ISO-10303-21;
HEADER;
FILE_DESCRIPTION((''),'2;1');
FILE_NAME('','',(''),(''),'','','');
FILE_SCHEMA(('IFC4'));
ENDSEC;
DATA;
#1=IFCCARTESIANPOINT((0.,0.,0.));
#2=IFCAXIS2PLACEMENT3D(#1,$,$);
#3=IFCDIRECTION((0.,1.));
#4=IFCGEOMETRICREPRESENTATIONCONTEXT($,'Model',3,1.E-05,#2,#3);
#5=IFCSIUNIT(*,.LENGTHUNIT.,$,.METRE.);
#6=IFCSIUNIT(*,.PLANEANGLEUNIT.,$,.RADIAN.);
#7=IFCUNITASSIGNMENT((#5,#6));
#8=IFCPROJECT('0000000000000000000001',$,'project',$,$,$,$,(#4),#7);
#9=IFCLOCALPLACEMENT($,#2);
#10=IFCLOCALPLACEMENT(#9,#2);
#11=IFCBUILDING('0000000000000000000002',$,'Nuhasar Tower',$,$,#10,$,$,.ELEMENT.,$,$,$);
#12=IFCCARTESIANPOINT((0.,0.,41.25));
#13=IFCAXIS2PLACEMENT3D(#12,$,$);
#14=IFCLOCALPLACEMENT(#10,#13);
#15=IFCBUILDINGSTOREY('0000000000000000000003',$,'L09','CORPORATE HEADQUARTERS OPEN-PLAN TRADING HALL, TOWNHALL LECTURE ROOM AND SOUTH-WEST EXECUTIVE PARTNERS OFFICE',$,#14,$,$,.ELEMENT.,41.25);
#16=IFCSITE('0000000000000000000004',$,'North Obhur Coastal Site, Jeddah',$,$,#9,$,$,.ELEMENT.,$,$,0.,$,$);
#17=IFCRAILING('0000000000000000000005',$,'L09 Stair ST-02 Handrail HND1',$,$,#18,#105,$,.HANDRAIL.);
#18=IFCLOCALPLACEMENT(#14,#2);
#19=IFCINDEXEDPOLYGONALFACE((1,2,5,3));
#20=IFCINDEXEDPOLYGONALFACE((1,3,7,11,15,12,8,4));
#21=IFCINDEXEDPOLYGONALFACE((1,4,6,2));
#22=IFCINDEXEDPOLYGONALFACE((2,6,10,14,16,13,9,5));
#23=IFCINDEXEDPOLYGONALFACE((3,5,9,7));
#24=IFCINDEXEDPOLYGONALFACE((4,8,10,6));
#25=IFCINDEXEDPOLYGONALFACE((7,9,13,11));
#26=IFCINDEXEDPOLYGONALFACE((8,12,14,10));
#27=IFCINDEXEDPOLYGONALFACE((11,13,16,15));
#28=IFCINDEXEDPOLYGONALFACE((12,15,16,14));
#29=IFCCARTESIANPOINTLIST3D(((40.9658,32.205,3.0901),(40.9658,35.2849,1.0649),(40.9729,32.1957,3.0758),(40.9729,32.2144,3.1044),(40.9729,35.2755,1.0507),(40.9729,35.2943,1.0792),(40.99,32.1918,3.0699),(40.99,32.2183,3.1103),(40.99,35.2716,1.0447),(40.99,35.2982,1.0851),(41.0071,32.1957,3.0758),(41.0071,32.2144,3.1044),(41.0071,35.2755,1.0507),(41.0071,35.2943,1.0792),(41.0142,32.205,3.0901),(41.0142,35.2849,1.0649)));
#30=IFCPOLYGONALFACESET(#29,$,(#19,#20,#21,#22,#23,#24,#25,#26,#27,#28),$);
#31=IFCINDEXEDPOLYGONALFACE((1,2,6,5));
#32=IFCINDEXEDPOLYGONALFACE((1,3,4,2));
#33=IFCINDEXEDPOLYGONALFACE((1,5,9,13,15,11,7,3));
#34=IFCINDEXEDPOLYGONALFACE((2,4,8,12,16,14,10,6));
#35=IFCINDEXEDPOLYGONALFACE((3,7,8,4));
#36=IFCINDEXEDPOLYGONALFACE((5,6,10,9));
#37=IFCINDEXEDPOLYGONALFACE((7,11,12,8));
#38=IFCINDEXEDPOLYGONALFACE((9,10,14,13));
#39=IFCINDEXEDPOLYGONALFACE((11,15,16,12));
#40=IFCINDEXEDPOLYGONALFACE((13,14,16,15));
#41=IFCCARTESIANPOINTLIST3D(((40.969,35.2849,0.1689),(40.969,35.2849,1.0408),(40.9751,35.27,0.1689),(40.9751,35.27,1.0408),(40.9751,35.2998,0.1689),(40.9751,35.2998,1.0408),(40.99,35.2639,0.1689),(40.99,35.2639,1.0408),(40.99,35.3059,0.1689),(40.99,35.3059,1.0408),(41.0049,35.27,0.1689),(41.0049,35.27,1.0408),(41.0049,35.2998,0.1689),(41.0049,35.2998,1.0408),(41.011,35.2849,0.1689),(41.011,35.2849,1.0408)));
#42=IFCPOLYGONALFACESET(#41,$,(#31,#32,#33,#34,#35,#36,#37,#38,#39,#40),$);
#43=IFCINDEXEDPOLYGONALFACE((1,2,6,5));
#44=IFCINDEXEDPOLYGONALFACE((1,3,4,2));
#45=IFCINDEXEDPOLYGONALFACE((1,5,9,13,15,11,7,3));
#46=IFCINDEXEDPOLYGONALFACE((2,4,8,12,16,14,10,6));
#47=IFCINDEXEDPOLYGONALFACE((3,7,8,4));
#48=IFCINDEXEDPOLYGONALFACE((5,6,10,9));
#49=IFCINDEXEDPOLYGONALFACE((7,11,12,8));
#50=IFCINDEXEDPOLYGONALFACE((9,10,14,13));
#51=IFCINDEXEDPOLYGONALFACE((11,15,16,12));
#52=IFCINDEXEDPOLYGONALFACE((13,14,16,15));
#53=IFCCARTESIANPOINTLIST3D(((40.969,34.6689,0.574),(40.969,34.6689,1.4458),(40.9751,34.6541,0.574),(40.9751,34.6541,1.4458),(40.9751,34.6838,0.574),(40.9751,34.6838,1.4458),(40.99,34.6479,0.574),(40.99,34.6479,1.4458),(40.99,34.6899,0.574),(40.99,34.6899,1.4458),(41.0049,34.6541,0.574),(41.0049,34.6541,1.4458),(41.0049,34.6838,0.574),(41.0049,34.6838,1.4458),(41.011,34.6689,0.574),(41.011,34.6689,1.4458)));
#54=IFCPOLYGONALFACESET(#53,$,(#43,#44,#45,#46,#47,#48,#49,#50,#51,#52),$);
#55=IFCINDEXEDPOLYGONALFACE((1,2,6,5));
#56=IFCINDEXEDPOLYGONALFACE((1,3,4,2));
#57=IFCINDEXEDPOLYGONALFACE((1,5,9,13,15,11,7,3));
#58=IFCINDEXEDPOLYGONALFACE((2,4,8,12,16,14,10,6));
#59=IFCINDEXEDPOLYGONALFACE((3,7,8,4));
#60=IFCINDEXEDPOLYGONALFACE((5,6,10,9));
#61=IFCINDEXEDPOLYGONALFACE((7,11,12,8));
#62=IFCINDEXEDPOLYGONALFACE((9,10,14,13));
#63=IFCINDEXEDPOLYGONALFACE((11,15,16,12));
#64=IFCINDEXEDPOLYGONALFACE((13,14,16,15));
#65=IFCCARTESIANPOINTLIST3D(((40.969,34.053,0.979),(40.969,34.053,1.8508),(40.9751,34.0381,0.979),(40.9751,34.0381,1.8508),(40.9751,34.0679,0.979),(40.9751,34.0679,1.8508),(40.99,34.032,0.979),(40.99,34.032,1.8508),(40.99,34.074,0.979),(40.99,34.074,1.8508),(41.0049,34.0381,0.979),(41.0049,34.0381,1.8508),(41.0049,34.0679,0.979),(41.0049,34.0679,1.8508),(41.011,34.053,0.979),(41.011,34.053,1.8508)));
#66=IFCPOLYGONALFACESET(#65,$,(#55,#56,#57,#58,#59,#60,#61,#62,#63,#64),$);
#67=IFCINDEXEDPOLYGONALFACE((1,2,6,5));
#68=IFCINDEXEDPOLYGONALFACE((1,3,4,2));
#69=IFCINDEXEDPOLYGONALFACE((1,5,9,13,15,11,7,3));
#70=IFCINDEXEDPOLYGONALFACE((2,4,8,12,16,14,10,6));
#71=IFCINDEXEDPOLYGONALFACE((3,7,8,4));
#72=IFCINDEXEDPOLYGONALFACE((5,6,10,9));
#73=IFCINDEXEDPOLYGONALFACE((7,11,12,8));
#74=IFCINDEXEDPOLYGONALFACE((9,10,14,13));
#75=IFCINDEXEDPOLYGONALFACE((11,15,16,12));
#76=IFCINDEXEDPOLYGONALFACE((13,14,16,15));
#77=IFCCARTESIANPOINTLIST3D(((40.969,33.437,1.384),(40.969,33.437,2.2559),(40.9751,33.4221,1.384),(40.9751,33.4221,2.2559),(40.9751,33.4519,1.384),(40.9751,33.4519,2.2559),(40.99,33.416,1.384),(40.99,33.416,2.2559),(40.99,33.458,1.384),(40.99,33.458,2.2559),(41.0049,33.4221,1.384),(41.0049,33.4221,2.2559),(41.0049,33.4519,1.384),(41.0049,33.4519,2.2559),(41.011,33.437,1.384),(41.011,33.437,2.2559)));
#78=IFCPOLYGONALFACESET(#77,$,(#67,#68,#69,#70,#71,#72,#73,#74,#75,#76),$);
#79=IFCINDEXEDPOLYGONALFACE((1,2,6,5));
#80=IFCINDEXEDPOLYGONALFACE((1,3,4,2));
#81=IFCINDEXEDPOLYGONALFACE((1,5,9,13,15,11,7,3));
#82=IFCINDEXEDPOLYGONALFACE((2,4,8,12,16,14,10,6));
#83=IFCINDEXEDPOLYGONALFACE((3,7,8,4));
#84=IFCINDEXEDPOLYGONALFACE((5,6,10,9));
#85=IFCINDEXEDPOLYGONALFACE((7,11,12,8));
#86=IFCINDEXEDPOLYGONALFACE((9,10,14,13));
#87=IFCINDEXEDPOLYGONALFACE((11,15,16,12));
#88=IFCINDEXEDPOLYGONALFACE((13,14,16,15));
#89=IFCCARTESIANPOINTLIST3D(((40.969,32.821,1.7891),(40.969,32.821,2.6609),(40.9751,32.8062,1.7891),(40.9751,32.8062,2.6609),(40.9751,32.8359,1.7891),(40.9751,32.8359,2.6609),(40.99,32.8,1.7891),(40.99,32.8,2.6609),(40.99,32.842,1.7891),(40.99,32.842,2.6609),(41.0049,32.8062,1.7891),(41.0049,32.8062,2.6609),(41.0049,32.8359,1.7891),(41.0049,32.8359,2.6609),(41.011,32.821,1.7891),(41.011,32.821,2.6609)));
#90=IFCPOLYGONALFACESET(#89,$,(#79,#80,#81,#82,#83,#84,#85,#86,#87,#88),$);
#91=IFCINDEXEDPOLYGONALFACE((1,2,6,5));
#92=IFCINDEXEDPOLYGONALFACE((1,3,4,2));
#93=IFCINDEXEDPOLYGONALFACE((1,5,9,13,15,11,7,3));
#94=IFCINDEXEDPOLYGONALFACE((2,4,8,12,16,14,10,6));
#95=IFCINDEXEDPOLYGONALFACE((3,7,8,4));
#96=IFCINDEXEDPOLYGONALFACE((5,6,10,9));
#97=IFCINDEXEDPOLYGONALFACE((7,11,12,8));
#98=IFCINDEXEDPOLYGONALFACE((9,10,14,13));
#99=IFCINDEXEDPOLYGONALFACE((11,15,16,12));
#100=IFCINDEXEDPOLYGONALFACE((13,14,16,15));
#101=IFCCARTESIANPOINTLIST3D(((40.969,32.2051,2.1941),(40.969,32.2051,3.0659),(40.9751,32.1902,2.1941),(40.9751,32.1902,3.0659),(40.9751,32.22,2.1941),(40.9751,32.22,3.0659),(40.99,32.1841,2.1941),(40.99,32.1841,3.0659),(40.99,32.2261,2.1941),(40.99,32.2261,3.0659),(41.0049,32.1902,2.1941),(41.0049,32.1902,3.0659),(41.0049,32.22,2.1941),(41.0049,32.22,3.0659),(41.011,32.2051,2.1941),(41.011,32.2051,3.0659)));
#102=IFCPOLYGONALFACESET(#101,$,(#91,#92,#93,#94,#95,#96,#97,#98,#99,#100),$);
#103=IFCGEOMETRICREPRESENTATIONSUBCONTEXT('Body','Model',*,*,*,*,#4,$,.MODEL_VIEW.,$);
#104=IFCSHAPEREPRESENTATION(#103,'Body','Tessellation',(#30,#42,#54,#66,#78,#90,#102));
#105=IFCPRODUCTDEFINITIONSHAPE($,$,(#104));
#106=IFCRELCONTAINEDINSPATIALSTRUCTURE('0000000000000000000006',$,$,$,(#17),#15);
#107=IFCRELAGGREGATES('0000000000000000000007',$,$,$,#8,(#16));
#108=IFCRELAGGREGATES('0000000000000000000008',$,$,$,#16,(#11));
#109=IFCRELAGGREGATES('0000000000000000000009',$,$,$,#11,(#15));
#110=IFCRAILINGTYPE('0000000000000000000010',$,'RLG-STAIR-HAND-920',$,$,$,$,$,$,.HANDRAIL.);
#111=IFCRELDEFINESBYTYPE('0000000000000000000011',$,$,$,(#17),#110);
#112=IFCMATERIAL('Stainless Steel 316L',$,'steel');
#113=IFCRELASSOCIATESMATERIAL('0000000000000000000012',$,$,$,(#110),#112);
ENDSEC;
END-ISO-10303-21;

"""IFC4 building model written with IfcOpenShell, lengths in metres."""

from ifc_helpers import new_model, si_unit, direction, frame, origin, place, context, subcontext, project, spatial, polyline, outline, extrude, material, type_object, element, save


model = new_model("IFC4")

# Units and contexts
model_context = context("Model", 3, precision=1e-05, world=origin(), true_north=direction((0.0, 1.0)))
body_context = subcontext(model_context, "Body", "Model", "MODEL_VIEW")
ifc_project = project(units=[si_unit("LENGTHUNIT", "METRE"), si_unit("PLANEANGLEUNIT", "RADIAN")], contexts=[model_context])

# Site, building, storey
site_placement = place(None, origin())
site = spatial("IfcSite", under=ifc_project, at=site_placement, Name="North Obhur Coastal Site, Jeddah", CompositionType="ELEMENT", RefElevation=0.0)
building_placement = place(site_placement, origin())
building = spatial("IfcBuilding", under=site, at=building_placement, Name="Nuhasar Tower", CompositionType="ELEMENT")
storey_placement = place(building_placement, frame((0.0, 0.0, 41.25)))
storey = spatial("IfcBuildingStorey", under=building, at=storey_placement, Name="L09", Description="CORPORATE HEADQUARTERS OPEN-PLAN TRADING HALL, TOWNHALL LECTURE ROOM AND SOUTH-WEST EXECUTIVE PARTNERS OFFICE", CompositionType="ELEMENT", Elevation=41.25)

# Railing
ifc_material_1 = material(Name="Stainless Steel 316L", Category="steel")
railing_type_1 = type_object("IfcRailingType", Name="RLG-STAIR-HAND-920", PredefinedType="HANDRAIL", material=ifc_material_1)
railing_1_placement = place(storey_placement, frame((40.99, 35.2849, 0.1689)))
element("IfcRailing", 1, at=railing_1_placement, inside=storey, type_object=railing_type_1, Name="L09 Stair ST-02 Handrail HND1", PredefinedType="HANDRAIL", context=body_context, shape_type="SweptSolid", body=[
    extrude(outline(polyline([(0.0242, 0.0), (0.0171, 0.0171), (0.0, 0.0242), (-0.0171, 0.0171), (-0.0242, 0.0), (-0.0171, -0.0171), (0.0, -0.0242), (0.0171, -0.0171), (0.0242, 0.0)])), frame((0.0, 0.0, 0.896), z_axis=(0.0, -0.835549, 0.549416), x_axis=(1.0, 0.0, 0.0)), (0.0, 0.0, 1.0), 3.686),
    extrude(outline(polyline([(0.021, 0.0), (0.0149, 0.0149), (0.0, 0.021), (-0.0149, 0.0149), (-0.021, 0.0), (-0.0149, -0.0149), (0.0, -0.021), (0.0149, -0.0149), (0.021, 0.0)])), origin(), (0.0, 0.0, 1.0), 0.8718),
    extrude(outline(polyline([(0.021, 0.0), (0.0149, 0.0149), (0.0, 0.021), (-0.0149, 0.0149), (-0.021, 0.0), (-0.0149, -0.0149), (0.0, -0.021), (0.0149, -0.0149), (0.021, 0.0)])), frame((0.0, -0.616, 0.405)), (0.0, 0.0, 1.0), 0.8718),
    extrude(outline(polyline([(0.021, 0.0), (0.0149, 0.0149), (0.0, 0.021), (-0.0149, 0.0149), (-0.021, 0.0), (-0.0149, -0.0149), (0.0, -0.021), (0.0149, -0.0149), (0.021, 0.0)])), frame((0.0, -1.2319, 0.8101)), (0.0, 0.0, 1.0), 0.8718),
    extrude(outline(polyline([(0.021, 0.0), (0.0149, 0.0149), (0.0, 0.021), (-0.0149, 0.0149), (-0.021, 0.0), (-0.0149, -0.0149), (0.0, -0.021), (0.0149, -0.0149), (0.021, 0.0)])), frame((0.0, -1.8479, 1.2151)), (0.0, 0.0, 1.0), 0.8718),
    extrude(outline(polyline([(0.021, 0.0), (0.0149, 0.0149), (0.0, 0.021), (-0.0149, 0.0149), (-0.021, 0.0), (-0.0149, -0.0149), (0.0, -0.021), (0.0149, -0.0149), (0.021, 0.0)])), frame((0.0, -2.4639, 1.6201)), (0.0, 0.0, 1.0), 0.8718),
    extrude(outline(polyline([(0.021, 0.0), (0.0149, 0.0149), (0.0, 0.021), (-0.0149, 0.0149), (-0.021, 0.0), (-0.0149, -0.0149), (0.0, -0.021), (0.0149, -0.0149), (0.021, 0.0)])), frame((0.0, -3.0798, 2.0251)), (0.0, 0.0, 1.0), 0.8718),
])

save(model, "model.ifc")
